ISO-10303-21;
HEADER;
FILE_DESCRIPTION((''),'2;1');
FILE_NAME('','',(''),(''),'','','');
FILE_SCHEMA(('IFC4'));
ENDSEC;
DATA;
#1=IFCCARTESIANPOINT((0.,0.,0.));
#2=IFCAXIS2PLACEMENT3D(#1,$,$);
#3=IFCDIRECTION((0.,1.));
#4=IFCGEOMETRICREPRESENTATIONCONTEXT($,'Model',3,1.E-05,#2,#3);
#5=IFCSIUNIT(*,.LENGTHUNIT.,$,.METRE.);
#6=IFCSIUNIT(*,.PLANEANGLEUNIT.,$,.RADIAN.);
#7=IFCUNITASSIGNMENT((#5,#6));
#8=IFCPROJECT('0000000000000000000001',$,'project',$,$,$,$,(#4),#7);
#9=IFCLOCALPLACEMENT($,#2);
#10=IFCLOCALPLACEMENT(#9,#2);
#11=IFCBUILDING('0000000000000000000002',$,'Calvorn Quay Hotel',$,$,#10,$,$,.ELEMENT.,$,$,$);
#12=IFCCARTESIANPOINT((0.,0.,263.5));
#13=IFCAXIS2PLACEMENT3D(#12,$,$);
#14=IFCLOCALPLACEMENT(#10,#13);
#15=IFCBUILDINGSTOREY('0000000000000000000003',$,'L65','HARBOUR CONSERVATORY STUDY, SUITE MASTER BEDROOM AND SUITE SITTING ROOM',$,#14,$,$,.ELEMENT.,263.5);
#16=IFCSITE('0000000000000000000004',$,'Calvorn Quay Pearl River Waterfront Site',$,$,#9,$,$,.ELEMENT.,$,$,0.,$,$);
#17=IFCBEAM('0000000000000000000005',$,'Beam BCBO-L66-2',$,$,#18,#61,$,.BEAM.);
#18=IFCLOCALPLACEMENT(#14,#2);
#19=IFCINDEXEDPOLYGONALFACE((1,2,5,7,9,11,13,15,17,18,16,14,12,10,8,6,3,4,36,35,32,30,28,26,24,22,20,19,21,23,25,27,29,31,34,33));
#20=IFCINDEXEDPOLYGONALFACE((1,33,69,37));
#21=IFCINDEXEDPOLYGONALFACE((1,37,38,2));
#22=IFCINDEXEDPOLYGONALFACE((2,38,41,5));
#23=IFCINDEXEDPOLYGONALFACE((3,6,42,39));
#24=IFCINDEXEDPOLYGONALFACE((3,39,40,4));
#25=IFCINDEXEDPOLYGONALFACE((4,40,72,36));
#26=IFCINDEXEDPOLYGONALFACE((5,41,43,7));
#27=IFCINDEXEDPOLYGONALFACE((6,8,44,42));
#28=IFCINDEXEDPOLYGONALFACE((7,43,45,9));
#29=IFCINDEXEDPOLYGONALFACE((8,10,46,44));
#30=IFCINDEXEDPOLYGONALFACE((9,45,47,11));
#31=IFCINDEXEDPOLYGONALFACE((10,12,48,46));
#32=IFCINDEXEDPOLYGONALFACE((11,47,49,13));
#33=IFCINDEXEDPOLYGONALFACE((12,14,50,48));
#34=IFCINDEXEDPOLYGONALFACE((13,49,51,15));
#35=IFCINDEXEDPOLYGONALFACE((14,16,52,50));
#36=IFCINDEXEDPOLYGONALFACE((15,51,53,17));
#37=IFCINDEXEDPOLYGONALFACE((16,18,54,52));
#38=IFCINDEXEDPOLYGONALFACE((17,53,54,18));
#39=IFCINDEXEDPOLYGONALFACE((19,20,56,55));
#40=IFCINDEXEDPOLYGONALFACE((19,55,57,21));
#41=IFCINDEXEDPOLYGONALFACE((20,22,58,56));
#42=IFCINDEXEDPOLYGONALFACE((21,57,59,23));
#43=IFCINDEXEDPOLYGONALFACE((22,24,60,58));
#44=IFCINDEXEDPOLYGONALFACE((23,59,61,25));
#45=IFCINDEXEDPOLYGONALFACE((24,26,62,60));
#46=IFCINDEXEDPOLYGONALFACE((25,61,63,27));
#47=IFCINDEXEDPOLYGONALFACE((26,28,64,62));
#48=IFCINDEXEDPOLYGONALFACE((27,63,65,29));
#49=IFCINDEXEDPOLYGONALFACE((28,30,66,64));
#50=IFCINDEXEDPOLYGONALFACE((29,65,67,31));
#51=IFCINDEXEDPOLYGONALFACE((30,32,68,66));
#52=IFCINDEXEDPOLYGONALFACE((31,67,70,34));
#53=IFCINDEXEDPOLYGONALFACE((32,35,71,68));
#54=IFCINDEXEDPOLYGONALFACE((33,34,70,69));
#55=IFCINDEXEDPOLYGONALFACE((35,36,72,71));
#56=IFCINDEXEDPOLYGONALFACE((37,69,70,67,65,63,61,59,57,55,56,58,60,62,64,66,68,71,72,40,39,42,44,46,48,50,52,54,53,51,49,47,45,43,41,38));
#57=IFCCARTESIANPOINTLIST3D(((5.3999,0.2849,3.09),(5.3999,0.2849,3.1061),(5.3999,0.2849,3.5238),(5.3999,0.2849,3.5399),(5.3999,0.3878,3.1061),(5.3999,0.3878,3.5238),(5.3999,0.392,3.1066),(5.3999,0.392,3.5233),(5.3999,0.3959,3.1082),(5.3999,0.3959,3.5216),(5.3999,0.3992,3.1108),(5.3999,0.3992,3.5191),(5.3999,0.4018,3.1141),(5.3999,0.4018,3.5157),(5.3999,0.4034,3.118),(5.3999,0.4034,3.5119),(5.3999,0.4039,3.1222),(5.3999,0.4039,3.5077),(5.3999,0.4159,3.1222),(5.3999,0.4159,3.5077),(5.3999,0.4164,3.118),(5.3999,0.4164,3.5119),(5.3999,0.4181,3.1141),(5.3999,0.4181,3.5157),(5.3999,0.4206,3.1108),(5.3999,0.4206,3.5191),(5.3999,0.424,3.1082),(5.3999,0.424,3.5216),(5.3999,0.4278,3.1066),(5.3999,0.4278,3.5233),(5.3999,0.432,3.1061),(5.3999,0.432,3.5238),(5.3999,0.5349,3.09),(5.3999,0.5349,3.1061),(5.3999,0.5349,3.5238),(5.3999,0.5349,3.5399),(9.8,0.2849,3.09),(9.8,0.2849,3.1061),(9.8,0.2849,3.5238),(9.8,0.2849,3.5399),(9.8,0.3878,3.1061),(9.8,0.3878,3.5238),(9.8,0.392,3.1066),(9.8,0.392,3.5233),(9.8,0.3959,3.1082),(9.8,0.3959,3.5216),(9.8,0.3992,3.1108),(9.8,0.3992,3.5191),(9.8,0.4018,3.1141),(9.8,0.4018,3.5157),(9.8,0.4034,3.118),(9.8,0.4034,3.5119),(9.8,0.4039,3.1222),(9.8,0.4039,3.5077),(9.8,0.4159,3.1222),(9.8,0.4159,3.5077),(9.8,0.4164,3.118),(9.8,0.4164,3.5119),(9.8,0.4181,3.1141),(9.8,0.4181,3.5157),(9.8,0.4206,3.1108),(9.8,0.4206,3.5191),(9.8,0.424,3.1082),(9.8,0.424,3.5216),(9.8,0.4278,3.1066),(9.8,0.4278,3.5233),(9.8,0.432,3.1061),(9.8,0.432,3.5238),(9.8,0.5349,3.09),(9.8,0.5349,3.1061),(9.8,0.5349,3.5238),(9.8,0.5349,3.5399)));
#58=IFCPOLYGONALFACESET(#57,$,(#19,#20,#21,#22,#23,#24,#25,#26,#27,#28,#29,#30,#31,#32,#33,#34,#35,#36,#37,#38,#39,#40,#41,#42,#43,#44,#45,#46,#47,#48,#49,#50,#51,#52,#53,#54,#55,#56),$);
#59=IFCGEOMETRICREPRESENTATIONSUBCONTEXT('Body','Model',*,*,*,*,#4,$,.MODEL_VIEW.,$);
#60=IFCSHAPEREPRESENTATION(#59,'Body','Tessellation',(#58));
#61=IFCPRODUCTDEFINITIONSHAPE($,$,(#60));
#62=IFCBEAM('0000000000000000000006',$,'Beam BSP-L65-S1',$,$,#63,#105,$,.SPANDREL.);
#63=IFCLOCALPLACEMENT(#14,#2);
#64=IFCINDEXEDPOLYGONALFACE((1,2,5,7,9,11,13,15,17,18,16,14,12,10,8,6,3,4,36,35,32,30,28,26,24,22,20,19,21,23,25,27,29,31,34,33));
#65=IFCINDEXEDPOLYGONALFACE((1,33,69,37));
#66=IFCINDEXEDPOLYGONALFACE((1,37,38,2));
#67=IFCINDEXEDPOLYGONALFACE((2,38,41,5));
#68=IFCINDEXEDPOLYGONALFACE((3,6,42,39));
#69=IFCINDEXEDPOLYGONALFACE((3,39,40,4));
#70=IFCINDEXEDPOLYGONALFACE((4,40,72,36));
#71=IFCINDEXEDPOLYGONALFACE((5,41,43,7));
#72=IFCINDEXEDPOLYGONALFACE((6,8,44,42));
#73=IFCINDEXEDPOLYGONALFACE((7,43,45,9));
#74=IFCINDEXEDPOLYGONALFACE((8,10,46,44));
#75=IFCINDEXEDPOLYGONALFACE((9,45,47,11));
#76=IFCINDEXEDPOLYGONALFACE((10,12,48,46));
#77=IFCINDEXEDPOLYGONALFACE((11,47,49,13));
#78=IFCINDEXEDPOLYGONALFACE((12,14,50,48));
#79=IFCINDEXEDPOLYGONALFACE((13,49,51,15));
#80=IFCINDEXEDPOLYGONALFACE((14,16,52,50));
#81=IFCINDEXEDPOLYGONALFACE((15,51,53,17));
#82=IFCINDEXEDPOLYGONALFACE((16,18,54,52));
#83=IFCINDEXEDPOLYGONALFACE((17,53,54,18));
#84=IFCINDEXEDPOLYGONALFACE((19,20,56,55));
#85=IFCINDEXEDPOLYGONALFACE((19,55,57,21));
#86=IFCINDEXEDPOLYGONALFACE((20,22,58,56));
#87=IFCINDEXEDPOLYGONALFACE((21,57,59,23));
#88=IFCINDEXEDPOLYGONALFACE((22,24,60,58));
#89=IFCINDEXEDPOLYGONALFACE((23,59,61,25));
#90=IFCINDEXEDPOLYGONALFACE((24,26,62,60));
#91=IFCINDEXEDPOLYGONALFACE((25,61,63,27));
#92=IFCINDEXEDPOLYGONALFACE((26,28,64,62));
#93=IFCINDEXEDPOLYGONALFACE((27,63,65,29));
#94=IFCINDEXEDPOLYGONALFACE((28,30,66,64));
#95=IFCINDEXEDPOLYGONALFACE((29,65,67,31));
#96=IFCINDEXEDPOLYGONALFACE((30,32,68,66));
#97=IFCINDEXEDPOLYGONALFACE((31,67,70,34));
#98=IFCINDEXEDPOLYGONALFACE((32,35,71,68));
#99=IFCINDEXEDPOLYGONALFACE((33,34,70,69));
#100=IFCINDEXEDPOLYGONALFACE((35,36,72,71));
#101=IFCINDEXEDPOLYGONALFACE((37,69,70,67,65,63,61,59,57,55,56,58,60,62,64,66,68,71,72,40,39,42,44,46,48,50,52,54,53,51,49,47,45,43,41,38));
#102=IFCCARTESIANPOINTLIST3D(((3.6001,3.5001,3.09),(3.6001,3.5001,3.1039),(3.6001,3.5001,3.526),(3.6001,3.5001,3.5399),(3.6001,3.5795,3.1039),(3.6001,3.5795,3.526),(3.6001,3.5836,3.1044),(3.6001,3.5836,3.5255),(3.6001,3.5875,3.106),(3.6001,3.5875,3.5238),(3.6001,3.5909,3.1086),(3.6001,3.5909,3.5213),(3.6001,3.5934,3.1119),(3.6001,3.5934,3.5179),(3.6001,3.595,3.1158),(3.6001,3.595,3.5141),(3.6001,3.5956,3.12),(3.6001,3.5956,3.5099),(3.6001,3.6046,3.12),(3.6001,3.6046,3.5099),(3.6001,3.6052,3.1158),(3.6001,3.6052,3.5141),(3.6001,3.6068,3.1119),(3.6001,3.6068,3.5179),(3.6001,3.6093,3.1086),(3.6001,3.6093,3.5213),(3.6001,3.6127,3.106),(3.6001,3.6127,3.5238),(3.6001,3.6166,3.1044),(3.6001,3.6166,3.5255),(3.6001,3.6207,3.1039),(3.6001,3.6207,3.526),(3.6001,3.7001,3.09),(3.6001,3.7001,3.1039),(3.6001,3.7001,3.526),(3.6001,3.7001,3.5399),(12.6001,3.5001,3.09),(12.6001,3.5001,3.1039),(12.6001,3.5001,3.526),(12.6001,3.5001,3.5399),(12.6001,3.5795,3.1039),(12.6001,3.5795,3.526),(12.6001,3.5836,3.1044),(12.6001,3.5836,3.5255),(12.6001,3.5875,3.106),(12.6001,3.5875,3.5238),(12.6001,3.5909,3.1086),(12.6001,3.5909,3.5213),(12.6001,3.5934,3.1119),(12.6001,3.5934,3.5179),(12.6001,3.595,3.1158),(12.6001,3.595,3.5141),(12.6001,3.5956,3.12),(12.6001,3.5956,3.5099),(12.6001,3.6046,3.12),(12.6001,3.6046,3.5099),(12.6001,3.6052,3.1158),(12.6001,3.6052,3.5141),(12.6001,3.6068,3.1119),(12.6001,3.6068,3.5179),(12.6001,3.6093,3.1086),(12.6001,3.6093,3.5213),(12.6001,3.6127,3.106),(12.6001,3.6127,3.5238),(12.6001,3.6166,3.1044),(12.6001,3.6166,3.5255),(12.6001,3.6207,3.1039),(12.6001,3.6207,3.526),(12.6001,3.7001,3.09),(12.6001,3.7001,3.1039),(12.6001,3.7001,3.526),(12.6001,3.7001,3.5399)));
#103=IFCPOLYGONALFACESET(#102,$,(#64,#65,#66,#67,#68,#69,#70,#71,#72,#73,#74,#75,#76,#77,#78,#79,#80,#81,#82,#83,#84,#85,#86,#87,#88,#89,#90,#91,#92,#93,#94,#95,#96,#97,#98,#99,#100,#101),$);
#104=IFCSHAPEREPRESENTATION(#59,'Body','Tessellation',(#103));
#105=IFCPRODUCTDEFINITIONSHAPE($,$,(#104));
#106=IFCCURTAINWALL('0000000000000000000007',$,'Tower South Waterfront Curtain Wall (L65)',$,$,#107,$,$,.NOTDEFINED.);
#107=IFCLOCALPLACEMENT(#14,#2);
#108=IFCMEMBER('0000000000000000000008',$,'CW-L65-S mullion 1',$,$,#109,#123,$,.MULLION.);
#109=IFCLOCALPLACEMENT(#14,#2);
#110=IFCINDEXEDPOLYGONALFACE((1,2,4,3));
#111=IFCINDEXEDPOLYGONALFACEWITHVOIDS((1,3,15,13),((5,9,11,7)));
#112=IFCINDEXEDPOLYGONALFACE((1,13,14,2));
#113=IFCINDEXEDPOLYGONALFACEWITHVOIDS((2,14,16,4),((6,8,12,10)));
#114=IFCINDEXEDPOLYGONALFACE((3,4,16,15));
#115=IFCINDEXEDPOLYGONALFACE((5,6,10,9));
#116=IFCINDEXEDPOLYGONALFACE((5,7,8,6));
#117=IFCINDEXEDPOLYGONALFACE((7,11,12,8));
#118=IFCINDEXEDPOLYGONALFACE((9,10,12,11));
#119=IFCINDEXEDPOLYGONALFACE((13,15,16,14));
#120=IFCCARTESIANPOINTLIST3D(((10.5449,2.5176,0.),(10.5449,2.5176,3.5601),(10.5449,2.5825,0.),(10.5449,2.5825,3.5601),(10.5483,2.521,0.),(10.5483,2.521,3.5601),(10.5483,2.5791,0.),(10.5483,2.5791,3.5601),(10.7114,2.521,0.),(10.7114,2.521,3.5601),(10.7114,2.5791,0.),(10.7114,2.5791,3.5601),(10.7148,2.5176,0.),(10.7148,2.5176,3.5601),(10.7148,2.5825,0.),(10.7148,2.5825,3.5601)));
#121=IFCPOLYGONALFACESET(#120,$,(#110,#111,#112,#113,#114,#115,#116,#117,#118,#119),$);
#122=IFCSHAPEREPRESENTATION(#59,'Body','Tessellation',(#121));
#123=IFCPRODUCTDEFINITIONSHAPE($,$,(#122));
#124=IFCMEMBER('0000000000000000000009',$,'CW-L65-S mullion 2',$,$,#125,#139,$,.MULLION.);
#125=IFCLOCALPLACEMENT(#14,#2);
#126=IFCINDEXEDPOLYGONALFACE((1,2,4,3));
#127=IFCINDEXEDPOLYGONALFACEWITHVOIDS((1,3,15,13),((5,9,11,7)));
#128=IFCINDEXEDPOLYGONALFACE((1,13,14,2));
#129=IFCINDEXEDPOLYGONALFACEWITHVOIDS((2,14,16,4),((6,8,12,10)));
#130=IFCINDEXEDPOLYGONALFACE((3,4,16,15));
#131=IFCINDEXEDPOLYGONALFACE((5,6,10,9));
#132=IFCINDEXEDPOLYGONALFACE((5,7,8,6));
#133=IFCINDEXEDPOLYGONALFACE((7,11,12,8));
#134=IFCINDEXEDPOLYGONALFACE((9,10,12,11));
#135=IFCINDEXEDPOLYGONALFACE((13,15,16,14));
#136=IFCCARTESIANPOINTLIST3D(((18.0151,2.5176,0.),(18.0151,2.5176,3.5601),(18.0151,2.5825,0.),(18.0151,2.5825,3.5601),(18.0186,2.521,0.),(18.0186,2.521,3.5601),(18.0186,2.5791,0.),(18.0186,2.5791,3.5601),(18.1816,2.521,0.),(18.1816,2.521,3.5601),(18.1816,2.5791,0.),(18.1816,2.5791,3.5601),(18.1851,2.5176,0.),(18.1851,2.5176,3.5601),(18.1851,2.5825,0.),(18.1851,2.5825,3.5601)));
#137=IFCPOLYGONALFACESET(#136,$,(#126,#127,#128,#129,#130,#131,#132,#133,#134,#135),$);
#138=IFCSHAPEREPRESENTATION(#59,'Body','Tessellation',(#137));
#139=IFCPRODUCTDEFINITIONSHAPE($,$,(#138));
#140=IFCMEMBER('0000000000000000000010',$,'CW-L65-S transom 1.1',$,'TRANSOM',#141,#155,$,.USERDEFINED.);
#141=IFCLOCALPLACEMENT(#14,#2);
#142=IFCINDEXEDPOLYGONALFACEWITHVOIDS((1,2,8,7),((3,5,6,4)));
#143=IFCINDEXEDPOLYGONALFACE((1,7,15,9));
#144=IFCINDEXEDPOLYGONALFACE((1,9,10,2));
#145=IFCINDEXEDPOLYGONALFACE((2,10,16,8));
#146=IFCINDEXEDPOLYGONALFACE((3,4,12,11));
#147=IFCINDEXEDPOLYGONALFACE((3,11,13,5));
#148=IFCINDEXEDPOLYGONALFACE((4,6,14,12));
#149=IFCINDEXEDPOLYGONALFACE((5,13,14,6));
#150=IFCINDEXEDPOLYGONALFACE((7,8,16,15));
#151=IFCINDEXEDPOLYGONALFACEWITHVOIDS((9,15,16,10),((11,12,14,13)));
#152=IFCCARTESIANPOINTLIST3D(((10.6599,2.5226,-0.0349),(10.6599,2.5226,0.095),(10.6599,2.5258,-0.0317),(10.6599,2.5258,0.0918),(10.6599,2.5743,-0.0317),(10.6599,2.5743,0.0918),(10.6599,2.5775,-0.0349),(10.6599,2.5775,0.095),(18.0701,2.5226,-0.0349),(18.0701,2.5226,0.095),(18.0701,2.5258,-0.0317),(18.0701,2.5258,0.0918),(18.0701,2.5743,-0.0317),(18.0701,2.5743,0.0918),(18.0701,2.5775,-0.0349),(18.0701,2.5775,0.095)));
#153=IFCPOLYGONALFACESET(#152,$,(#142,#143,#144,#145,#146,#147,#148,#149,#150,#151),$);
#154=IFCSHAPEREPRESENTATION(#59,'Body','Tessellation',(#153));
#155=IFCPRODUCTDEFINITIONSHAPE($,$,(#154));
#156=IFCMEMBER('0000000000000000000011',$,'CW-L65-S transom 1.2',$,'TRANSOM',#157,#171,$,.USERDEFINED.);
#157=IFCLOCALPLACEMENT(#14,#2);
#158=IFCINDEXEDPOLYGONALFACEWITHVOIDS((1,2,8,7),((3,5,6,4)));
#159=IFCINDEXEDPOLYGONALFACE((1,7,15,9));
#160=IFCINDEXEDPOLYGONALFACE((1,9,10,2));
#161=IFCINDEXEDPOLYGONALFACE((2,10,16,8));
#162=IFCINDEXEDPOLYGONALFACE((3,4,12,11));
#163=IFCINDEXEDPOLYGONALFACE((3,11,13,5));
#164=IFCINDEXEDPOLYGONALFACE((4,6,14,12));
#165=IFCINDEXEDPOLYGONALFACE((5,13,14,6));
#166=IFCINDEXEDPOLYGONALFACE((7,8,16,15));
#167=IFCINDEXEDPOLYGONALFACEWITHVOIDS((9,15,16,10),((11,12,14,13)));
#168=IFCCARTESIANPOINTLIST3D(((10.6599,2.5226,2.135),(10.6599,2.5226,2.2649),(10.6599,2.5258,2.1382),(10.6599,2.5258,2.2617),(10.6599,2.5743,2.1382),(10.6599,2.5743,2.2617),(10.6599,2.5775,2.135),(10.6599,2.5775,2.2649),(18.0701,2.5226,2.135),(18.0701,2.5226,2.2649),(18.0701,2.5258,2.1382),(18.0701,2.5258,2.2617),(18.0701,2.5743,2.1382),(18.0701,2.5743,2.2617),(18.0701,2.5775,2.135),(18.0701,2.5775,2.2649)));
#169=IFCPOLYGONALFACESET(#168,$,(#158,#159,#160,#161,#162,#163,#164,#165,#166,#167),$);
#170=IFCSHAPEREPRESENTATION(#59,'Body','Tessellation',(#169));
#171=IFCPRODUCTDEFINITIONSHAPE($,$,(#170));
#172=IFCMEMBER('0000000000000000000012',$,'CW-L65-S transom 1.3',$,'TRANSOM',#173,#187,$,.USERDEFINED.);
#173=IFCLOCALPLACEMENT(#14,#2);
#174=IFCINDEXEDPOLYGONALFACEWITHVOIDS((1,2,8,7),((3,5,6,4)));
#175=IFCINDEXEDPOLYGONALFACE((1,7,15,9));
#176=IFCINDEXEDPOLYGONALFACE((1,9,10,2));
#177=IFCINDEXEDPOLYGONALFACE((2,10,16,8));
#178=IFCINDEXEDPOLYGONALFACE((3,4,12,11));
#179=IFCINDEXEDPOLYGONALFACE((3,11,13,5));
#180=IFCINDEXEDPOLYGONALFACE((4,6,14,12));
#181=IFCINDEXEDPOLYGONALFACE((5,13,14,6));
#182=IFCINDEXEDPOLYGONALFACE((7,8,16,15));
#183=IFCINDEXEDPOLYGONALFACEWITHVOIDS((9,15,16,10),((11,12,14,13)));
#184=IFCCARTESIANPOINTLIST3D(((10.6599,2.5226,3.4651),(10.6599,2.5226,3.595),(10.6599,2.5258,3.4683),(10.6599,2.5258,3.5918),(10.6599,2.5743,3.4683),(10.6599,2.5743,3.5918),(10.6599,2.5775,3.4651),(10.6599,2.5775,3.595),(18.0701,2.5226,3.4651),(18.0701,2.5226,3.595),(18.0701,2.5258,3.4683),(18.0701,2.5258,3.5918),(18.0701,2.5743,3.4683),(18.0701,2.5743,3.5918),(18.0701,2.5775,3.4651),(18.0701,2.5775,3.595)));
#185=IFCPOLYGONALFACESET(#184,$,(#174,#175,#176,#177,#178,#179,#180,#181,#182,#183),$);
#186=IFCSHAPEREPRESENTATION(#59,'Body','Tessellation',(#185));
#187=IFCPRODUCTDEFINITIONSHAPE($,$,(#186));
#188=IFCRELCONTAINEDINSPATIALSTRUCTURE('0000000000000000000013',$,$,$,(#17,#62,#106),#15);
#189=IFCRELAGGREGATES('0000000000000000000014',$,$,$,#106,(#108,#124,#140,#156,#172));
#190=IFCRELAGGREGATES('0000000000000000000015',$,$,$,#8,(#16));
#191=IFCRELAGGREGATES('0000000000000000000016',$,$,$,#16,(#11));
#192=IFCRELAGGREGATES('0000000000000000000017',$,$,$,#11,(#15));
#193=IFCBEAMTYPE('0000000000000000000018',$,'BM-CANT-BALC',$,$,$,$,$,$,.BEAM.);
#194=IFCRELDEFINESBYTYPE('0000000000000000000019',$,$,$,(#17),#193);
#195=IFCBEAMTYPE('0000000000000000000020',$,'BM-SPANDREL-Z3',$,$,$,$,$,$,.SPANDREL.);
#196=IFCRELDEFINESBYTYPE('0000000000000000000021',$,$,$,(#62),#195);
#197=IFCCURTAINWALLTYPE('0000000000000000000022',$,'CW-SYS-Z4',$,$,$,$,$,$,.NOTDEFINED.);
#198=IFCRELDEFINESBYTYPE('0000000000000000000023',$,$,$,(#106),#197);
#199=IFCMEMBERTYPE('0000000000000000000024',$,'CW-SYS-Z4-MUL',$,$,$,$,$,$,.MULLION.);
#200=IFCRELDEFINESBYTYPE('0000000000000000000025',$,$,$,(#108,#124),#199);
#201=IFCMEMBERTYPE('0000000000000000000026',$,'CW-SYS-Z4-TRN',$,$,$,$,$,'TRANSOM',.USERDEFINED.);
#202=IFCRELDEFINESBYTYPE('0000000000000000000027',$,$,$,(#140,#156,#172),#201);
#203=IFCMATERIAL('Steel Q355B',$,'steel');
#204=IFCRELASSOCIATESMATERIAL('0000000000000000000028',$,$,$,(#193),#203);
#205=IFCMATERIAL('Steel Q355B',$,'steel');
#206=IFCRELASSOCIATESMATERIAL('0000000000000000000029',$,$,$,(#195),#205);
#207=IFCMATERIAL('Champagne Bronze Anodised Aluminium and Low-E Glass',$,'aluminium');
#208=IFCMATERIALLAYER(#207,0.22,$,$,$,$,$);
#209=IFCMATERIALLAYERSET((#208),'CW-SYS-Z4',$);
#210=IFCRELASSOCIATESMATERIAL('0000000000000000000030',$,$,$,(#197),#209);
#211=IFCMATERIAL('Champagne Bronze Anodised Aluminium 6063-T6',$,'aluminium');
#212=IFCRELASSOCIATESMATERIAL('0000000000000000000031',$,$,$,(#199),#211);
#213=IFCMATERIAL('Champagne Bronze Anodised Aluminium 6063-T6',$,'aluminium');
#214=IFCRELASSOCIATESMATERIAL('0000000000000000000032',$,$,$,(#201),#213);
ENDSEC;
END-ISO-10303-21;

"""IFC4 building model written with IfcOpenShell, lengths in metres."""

from ifc_helpers import new_model, si_unit, direction, frame, origin, origin_2d, place, context, subcontext, project, spatial, hollow_rectangle, i_section, extrude, material, layer, layer_set, material_profile, profile_set, type_object, element, aggregate, save


model = new_model("IFC4")

# Units and contexts
model_context = context("Model", 3, precision=1e-05, world=origin(), true_north=direction((0.0, 1.0)))
body_context = subcontext(model_context, "Body", "Model", "MODEL_VIEW")
ifc_project = project(units=[si_unit("LENGTHUNIT", "METRE"), si_unit("PLANEANGLEUNIT", "RADIAN")], contexts=[model_context])

# Site, building, storey
site_placement = place(None, origin())
site = spatial("IfcSite", under=ifc_project, at=site_placement, Name="Calvorn Quay Pearl River Waterfront Site", CompositionType="ELEMENT", RefElevation=0.0)
building_placement = place(site_placement, origin())
building = spatial("IfcBuilding", under=site, at=building_placement, Name="Calvorn Quay Hotel", CompositionType="ELEMENT")
storey_placement = place(building_placement, frame((0.0, 0.0, 263.5)))
storey = spatial("IfcBuildingStorey", under=building, at=storey_placement, Name="L65", Description="HARBOUR CONSERVATORY STUDY, SUITE MASTER BEDROOM AND SUITE SITTING ROOM", CompositionType="ELEMENT", Elevation=263.5)

# Beams
ifc_material_1 = material(Name="Steel Q355B", Category="steel")
ifc_material_profile_1 = material_profile(ifc_material_1, i_section(OverallWidth=0.25, OverallDepth=0.45, WebThickness=0.012, FlangeThickness=0.0161, FilletRadius=0.0161, at=origin_2d()), Name="HN450x250x12x16")
ifc_profile_set_1 = profile_set([ifc_material_profile_1], Name="Steel Q355B")
beam_type_1 = type_object("IfcBeamType", Name="BM-CANT-BALC", PredefinedType="BEAM", material=ifc_profile_set_1)
beam_1_placement = place(storey_placement, frame((5.3999, 0.4099, 3.3149), z_axis=(1.0, 0.0, 0.0), x_axis=(0.0, 1.0, 0.0)))
element("IfcBeam", 1, at=beam_1_placement, inside=storey, type_object=beam_type_1, Name="Beam BCBO-L66-2", PredefinedType="BEAM", context=body_context, shape_type="SweptSolid", body=[
    extrude(i_section(OverallWidth=0.25, OverallDepth=0.45, WebThickness=0.012, FlangeThickness=0.0161, FilletRadius=0.0161, at=origin_2d()), origin(), (0.0, 0.0, 1.0), 4.4001),
])
ifc_material_2 = material(Name="Steel Q355B", Category="steel")
ifc_material_profile_2 = material_profile(ifc_material_2, i_section(OverallWidth=0.2, OverallDepth=0.45, WebThickness=0.009, FlangeThickness=0.0139, FilletRadius=0.0161, at=origin_2d()), Name="HN450x200x9x14")
ifc_profile_set_2 = profile_set([ifc_material_profile_2], Name="Steel Q355B")
beam_type_2 = type_object("IfcBeamType", Name="BM-SPANDREL-Z3", PredefinedType="SPANDREL", material=ifc_profile_set_2)
beam_2_placement = place(storey_placement, frame((3.6001, 3.6001, 3.3149), z_axis=(1.0, 0.0, 0.0), x_axis=(0.0, 1.0, 0.0)))
element("IfcBeam", 2, at=beam_2_placement, inside=storey, type_object=beam_type_2, Name="Beam BSP-L65-S1", PredefinedType="SPANDREL", context=body_context, shape_type="SweptSolid", body=[
    extrude(i_section(OverallWidth=0.2, OverallDepth=0.45, WebThickness=0.009, FlangeThickness=0.0139, FilletRadius=0.0161, at=origin_2d()), origin(), (0.0, 0.0, 1.0), 9.0),
])

# Curtain wall, members
ifc_material_3 = material(Name="Champagne Bronze Anodised Aluminium and Low-E Glass", Category="aluminium")
ifc_layer_1 = layer(ifc_material_3, 0.22)
ifc_layer_set_1 = layer_set([ifc_layer_1], Name="CW-SYS-Z4")
curtain_wall_type = type_object("IfcCurtainWallType", Name="CW-SYS-Z4", PredefinedType="NOTDEFINED", material=ifc_layer_set_1)
curtain_wall_placement = place(storey_placement, origin())
curtain_wall = element("IfcCurtainWall", 3, at=curtain_wall_placement, inside=storey, type_object=curtain_wall_type, Name="Tower South Waterfront Curtain Wall (L65)", PredefinedType="NOTDEFINED")
ifc_material_4 = material(Name="Champagne Bronze Anodised Aluminium 6063-T6", Category="aluminium")
ifc_material_profile_3 = material_profile(ifc_material_4, hollow_rectangle(XDim=0.0649, YDim=0.1699, WallThickness=0.0034, at=origin_2d()), Name="ALU-M170x65x3.5")
ifc_profile_set_3 = profile_set([ifc_material_profile_3], Name="Champagne Bronze Anodised Aluminium 6063-T6")
member_type_1 = type_object("IfcMemberType", Name="CW-SYS-Z4-MUL", PredefinedType="MULLION", material=ifc_profile_set_3)
member_1_placement = place(storey_placement, frame((10.6299, 2.55, 0.0), z_axis=(0.0, 0.0, 1.0), x_axis=(0.0, 1.0, 0.0)))
member_1 = element("IfcMember", 4, at=member_1_placement, type_object=member_type_1, Name="CW-L65-S mullion 1", PredefinedType="MULLION", context=body_context, shape_type="SweptSolid", body=[
    extrude(hollow_rectangle(XDim=0.0649, YDim=0.1699, WallThickness=0.0034, at=origin_2d()), origin(), (0.0, 0.0, 1.0), 3.5601),
])
member_2_placement = place(storey_placement, frame((18.1001, 2.55, 0.0), z_axis=(0.0, 0.0, 1.0), x_axis=(0.0, 1.0, 0.0)))
member_2 = element("IfcMember", 5, at=member_2_placement, type_object=member_type_1, Name="CW-L65-S mullion 2", PredefinedType="MULLION", context=body_context, shape_type="SweptSolid", body=[
    extrude(hollow_rectangle(XDim=0.0649, YDim=0.1699, WallThickness=0.0034, at=origin_2d()), origin(), (0.0, 0.0, 1.0), 3.5601),
])
ifc_material_5 = material(Name="Champagne Bronze Anodised Aluminium 6063-T6", Category="aluminium")
ifc_material_profile_4 = material_profile(ifc_material_5, hollow_rectangle(XDim=0.0549, YDim=0.1299, WallThickness=0.0032, at=origin_2d()), Name="ALU-T130x55x3.2")
ifc_profile_set_4 = profile_set([ifc_material_profile_4], Name="Champagne Bronze Anodised Aluminium 6063-T6")
member_type_2 = type_object("IfcMemberType", Name="CW-SYS-Z4-TRN", ElementType="TRANSOM", PredefinedType="USERDEFINED", material=ifc_profile_set_4)
member_3_placement = place(storey_placement, frame((10.6599, 2.55, 0.03), z_axis=(1.0, 0.0, 0.0), x_axis=(0.0, 1.0, 0.0)))
member_3 = element("IfcMember", 6, at=member_3_placement, type_object=member_type_2, Name="CW-L65-S transom 1.1", ObjectType="TRANSOM", PredefinedType="USERDEFINED", context=body_context, shape_type="SweptSolid", body=[
    extrude(hollow_rectangle(XDim=0.0549, YDim=0.1299, WallThickness=0.0032, at=origin_2d()), origin(), (0.0, 0.0, 1.0), 7.4102),
])
member_4_placement = place(storey_placement, frame((10.6599, 2.55, 2.2), z_axis=(1.0, 0.0, 0.0), x_axis=(0.0, 1.0, 0.0)))
member_4 = element("IfcMember", 7, at=member_4_placement, type_object=member_type_2, Name="CW-L65-S transom 1.2", ObjectType="TRANSOM", PredefinedType="USERDEFINED", context=body_context, shape_type="SweptSolid", body=[
    extrude(hollow_rectangle(XDim=0.0549, YDim=0.1299, WallThickness=0.0032, at=origin_2d()), origin(), (0.0, 0.0, 1.0), 7.4102),
])
member_5_placement = place(storey_placement, frame((10.6599, 2.55, 3.53), z_axis=(1.0, 0.0, 0.0), x_axis=(0.0, 1.0, 0.0)))
member_5 = element("IfcMember", 8, at=member_5_placement, type_object=member_type_2, Name="CW-L65-S transom 1.3", ObjectType="TRANSOM", PredefinedType="USERDEFINED", context=body_context, shape_type="SweptSolid", body=[
    extrude(hollow_rectangle(XDim=0.0549, YDim=0.1299, WallThickness=0.0032, at=origin_2d()), origin(), (0.0, 0.0, 1.0), 7.4102),
])
aggregate(curtain_wall, [member_1, member_2, member_3, member_4, member_5])

save(model, "model.ifc")
